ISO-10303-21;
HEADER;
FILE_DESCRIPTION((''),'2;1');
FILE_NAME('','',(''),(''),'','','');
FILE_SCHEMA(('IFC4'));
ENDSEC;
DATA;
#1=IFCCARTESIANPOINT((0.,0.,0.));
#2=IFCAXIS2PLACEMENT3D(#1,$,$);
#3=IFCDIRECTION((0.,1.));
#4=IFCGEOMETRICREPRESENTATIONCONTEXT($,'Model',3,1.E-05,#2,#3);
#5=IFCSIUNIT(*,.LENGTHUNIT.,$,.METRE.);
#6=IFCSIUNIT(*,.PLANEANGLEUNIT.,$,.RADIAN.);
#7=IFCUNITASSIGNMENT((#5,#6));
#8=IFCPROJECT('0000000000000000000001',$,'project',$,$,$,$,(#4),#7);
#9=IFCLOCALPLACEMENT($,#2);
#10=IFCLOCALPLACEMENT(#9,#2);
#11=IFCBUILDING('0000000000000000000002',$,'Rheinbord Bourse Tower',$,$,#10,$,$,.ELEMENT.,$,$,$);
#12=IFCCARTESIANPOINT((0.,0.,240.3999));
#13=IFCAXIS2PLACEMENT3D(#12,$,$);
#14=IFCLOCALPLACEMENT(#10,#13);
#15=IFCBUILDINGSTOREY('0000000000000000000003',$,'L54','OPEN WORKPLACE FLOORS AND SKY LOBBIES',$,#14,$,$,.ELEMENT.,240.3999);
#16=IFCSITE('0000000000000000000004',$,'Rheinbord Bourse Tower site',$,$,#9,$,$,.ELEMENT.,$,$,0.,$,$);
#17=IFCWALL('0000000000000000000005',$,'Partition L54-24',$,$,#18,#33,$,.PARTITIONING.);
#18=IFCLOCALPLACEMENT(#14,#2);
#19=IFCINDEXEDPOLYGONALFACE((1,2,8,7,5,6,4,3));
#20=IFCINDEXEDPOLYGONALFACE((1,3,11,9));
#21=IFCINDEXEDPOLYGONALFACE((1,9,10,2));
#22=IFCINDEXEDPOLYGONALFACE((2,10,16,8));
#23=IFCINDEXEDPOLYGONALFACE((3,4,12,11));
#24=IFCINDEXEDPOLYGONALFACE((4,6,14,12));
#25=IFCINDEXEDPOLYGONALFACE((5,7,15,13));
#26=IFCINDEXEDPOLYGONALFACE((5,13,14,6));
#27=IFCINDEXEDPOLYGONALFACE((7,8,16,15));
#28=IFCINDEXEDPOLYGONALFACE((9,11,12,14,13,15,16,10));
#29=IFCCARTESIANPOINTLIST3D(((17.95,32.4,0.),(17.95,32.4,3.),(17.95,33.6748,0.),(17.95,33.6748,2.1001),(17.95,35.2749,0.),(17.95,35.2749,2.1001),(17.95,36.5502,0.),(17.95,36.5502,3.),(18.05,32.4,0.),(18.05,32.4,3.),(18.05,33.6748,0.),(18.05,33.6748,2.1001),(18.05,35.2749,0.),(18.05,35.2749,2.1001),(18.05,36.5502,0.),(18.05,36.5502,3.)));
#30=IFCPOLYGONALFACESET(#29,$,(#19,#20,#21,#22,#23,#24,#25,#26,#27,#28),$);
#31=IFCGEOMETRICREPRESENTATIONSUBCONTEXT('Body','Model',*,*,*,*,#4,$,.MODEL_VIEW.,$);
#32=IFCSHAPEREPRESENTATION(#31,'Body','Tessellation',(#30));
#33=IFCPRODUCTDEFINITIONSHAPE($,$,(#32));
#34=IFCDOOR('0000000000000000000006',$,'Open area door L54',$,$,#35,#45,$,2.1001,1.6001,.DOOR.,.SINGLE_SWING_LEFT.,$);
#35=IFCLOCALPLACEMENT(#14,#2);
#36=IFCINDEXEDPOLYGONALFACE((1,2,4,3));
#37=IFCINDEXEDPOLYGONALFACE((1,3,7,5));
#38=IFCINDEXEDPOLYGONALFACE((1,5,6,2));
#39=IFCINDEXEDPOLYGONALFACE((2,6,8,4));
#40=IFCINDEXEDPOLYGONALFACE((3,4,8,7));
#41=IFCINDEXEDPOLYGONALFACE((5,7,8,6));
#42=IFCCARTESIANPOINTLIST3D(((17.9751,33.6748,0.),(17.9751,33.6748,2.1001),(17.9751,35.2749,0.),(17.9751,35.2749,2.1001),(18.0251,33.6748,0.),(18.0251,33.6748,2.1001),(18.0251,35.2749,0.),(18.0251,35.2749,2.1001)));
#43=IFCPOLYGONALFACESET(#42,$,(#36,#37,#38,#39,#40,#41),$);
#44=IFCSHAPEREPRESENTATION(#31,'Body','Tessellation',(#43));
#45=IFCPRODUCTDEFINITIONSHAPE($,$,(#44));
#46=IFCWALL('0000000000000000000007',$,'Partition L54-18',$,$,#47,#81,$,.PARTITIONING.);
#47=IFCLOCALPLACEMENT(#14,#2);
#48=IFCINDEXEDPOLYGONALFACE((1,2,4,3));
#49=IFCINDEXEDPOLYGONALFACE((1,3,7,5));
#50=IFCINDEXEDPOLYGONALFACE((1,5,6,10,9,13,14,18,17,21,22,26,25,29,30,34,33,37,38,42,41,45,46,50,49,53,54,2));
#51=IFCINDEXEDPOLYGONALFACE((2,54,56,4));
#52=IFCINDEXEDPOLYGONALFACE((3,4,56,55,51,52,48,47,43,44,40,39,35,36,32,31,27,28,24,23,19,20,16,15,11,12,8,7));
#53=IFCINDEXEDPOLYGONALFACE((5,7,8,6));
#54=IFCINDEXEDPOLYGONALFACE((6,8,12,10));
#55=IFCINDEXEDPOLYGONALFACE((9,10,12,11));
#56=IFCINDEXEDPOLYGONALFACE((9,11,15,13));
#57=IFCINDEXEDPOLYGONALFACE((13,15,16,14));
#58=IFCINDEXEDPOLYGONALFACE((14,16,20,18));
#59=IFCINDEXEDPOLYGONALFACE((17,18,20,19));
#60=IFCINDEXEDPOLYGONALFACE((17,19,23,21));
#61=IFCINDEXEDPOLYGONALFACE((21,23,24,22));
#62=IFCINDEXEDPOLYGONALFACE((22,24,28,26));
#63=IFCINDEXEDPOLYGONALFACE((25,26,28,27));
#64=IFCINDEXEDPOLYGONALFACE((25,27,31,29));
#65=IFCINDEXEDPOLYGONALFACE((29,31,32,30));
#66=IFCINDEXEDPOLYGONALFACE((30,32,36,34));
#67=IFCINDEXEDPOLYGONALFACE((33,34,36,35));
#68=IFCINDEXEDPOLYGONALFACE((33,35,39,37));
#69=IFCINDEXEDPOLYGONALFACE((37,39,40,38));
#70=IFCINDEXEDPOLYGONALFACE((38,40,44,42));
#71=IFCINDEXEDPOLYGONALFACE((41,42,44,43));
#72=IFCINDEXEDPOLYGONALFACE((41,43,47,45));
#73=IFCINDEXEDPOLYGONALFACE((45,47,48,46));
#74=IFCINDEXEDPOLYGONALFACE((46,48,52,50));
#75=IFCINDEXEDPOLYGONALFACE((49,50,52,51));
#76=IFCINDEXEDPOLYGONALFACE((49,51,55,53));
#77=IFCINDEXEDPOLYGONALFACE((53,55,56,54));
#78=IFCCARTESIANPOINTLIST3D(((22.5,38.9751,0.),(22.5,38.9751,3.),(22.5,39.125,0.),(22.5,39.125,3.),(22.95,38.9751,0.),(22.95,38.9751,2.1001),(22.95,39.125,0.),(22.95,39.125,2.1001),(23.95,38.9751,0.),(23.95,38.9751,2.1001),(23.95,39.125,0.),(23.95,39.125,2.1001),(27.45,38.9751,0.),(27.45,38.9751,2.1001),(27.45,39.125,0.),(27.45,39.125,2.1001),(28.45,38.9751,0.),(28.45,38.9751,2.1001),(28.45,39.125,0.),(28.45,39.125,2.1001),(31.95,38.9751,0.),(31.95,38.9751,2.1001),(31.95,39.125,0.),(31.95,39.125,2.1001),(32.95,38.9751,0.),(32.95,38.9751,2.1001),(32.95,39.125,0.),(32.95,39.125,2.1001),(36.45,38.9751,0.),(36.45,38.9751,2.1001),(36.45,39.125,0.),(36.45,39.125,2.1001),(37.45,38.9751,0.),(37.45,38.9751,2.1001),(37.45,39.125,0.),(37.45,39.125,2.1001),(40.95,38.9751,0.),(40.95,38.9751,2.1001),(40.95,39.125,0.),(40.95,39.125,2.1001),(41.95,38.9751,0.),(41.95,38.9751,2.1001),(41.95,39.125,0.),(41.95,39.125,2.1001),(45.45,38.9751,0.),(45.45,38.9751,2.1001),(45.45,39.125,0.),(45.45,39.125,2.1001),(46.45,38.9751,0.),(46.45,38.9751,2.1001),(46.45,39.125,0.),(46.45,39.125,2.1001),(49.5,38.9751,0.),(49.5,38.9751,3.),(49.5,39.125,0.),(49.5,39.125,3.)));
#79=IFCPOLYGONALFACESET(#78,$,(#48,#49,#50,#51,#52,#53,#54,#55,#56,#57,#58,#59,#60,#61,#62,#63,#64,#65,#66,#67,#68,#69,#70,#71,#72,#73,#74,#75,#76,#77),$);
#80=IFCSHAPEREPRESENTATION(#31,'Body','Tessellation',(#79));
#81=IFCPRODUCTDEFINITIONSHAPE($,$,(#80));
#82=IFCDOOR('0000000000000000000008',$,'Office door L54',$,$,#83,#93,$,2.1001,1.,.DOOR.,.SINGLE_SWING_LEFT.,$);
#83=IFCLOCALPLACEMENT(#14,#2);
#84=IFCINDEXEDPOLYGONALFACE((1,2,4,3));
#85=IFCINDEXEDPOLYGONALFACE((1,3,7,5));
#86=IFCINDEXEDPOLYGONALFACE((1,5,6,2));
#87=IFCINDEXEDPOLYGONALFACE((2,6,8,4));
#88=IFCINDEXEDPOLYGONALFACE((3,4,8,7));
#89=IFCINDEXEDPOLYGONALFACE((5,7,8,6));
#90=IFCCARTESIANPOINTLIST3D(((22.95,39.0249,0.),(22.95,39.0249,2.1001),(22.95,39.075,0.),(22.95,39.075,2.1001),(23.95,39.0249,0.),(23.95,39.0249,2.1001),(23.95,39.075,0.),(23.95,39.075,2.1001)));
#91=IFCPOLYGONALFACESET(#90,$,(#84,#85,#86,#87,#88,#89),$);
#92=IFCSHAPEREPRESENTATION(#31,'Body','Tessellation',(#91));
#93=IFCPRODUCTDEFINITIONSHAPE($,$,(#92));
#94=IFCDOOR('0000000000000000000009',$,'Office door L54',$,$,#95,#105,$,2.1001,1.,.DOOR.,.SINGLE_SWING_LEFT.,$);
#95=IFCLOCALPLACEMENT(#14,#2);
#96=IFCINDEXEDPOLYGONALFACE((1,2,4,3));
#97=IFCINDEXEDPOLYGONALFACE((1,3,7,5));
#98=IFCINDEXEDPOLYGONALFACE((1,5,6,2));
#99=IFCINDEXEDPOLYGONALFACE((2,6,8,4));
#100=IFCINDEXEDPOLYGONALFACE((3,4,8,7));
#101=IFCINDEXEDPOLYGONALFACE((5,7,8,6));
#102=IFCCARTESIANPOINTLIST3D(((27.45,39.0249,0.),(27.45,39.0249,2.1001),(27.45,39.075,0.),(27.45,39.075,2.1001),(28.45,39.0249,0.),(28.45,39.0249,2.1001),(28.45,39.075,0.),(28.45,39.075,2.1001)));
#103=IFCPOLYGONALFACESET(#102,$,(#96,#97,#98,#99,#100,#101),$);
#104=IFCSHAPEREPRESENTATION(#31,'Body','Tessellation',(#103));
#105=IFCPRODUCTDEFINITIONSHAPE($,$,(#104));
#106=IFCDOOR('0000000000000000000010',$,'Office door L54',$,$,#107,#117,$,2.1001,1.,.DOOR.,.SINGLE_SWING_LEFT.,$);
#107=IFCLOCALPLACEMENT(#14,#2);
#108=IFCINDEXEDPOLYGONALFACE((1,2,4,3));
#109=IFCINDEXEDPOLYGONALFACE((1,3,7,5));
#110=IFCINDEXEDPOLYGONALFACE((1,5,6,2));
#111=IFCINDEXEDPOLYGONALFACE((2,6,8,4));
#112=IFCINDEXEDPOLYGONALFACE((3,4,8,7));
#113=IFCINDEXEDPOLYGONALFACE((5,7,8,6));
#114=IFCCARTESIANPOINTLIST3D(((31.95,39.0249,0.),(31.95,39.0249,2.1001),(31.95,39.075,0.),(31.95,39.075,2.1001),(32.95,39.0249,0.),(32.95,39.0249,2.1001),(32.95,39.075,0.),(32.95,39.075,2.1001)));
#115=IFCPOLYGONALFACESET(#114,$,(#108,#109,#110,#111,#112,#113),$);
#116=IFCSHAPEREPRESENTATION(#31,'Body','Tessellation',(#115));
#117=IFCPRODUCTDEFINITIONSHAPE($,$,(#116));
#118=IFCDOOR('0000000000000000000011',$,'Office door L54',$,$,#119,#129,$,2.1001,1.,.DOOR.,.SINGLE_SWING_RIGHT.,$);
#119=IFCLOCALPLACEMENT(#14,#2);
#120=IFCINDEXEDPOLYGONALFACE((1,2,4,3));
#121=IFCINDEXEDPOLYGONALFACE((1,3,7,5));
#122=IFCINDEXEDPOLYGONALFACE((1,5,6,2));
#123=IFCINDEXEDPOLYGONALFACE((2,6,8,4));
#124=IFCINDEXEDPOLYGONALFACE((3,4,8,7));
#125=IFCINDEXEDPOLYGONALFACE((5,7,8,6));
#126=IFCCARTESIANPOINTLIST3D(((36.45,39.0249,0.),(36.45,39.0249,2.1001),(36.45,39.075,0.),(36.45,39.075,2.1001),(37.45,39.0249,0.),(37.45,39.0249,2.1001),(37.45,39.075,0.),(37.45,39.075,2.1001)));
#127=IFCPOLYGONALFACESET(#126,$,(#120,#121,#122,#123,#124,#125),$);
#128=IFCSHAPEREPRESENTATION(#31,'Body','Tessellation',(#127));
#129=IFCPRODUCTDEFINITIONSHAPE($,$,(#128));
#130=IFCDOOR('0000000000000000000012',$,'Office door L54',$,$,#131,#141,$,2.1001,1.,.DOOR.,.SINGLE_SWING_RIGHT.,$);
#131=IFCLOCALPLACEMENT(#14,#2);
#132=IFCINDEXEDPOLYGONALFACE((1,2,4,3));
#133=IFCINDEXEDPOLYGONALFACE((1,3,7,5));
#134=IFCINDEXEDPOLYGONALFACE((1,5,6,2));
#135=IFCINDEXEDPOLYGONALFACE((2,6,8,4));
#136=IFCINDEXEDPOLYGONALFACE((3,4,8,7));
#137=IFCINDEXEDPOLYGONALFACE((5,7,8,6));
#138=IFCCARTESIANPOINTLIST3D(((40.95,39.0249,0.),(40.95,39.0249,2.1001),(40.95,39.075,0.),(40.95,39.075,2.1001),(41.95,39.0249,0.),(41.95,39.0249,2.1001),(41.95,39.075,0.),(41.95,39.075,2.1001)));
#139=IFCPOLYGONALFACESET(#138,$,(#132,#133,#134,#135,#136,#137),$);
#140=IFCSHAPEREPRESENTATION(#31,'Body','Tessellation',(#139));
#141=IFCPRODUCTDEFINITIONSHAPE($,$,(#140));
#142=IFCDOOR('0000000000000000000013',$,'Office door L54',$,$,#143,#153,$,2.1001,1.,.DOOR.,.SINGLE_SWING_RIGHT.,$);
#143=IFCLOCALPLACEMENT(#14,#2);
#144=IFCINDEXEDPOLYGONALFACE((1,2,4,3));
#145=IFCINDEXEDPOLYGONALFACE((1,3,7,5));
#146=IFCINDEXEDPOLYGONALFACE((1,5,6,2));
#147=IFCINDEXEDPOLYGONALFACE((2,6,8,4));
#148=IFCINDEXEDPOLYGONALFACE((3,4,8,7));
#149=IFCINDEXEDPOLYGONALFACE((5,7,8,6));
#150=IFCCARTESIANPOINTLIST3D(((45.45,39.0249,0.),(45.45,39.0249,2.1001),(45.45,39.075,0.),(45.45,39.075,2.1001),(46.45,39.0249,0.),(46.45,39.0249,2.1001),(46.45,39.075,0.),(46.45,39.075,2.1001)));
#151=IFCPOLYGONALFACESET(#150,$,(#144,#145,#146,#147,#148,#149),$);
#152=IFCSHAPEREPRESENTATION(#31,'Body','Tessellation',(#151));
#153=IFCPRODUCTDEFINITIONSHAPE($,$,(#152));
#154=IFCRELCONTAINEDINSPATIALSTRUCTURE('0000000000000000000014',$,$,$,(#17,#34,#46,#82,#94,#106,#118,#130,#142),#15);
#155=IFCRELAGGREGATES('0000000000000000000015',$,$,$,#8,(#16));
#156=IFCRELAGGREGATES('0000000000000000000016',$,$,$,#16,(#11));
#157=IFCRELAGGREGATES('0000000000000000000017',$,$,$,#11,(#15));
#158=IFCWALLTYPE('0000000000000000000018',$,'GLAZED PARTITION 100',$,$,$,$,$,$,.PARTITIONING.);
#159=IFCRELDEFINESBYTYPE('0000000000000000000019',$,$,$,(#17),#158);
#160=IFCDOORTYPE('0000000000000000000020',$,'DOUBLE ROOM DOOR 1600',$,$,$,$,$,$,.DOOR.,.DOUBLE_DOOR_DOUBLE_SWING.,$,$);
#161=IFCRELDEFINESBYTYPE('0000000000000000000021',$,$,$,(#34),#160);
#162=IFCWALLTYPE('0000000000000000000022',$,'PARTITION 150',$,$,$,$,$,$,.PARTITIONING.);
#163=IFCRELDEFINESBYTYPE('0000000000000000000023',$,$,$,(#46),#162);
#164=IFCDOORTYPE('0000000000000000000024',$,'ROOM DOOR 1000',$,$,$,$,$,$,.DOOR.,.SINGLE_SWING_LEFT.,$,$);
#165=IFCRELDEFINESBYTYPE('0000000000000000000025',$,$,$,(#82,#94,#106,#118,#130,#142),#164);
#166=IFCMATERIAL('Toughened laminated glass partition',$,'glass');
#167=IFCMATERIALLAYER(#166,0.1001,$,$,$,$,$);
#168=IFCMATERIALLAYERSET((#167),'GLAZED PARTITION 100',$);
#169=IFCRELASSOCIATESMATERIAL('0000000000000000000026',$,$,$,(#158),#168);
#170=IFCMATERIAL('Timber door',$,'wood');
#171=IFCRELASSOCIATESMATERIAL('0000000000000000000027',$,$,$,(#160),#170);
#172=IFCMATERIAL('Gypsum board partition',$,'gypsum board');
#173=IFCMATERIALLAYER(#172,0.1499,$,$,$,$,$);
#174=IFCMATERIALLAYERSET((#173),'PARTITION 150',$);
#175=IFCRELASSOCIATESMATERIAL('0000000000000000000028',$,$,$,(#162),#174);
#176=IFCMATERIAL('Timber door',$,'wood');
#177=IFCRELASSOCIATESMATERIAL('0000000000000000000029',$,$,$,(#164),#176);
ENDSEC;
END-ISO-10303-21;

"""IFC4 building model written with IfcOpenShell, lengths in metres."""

from ifc_helpers import new_model, si_unit, direction, frame, frame_2d, origin, place, context, subcontext, project, spatial, rectangle, extrude, material, layer, layer_set, type_object, element, fill, save


model = new_model("IFC4")

# Units and contexts
model_context = context("Model", 3, precision=1e-05, world=origin(), true_north=direction((0.0, 1.0)))
body_context = subcontext(model_context, "Body", "Model", "MODEL_VIEW")
ifc_project = project(units=[si_unit("LENGTHUNIT", "METRE"), si_unit("PLANEANGLEUNIT", "RADIAN")], contexts=[model_context])

# Site, building, storey
site_placement = place(None, origin())
site = spatial("IfcSite", under=ifc_project, at=site_placement, Name="Rheinbord Bourse Tower site", CompositionType="ELEMENT", RefElevation=0.0)
building_placement = place(site_placement, origin())
building = spatial("IfcBuilding", under=site, at=building_placement, Name="Rheinbord Bourse Tower", CompositionType="ELEMENT")
storey_placement = place(building_placement, frame((0.0, 0.0, 240.3999)))
storey = spatial("IfcBuildingStorey", under=building, at=storey_placement, Name="L54", Description="OPEN WORKPLACE FLOORS AND SKY LOBBIES", CompositionType="ELEMENT", Elevation=240.3999)

# Wall, opening, door
ifc_material_1 = material(Name="Toughened laminated glass partition", Category="glass")
ifc_layer_1 = layer(ifc_material_1, 0.1001)
ifc_layer_set_1 = layer_set([ifc_layer_1], Name="GLAZED PARTITION 100")
wall_type_1 = type_object("IfcWallType", Name="GLAZED PARTITION 100", PredefinedType="PARTITIONING", material=ifc_layer_set_1)
wall_1_placement = place(storey_placement, frame((18.0, 32.3999, 0.0), z_axis=(0.0, 0.0, 1.0), x_axis=(0.0, 1.0, 0.0)))
wall_1 = element("IfcWall", 1, at=wall_1_placement, inside=storey, type_object=wall_type_1, Name="Partition L54-24", PredefinedType="PARTITIONING", context=body_context, shape_type="SweptSolid", body=[
    extrude(rectangle(XDim=4.1501, YDim=0.1001, at=frame_2d((2.0752, 0.0))), origin(), (0.0, 0.0, 1.0), 3.0),
])
opening_1_placement = place(wall_1_placement, frame((1.2749, 0.0, 0.0)))
opening_1 = element("IfcOpeningElement", 2, at=opening_1_placement, cuts=wall_1, PredefinedType="OPENING", context=body_context, shape_type="SweptSolid", body=[
    extrude(rectangle(XDim=1.6001, YDim=2.1001, at=frame_2d((0.8, 1.05))), frame((0.0, 0.0601, 0.0), z_axis=(0.0, -1.0, 0.0), x_axis=(1.0, 0.0, 0.0)), (0.0, 0.0, 1.0), 0.1201),
])
ifc_material_2 = material(Name="Timber door", Category="wood")
door_type_1 = type_object("IfcDoorType", Name="DOUBLE ROOM DOOR 1600", OperationType="DOUBLE_DOOR_DOUBLE_SWING", PredefinedType="DOOR", material=ifc_material_2)
door_1_placement = place(opening_1_placement, origin())
door_1 = element("IfcDoor", 3, at=door_1_placement, inside=storey, type_object=door_type_1, Name="Open area door L54", OperationType="SINGLE_SWING_LEFT", OverallHeight=2.1001, OverallWidth=1.6001, PredefinedType="DOOR", context=body_context, shape_type="SweptSolid", body=[
    extrude(rectangle(XDim=1.6001, YDim=2.1001, at=frame_2d((0.8, 1.05))), frame((0.0, 0.0249, 0.0), z_axis=(0.0, -1.0, 0.0), x_axis=(1.0, 0.0, 0.0)), (0.0, 0.0, 1.0), 0.05),
])
fill(opening_1, door_1)

# Wall, openings, doors
ifc_material_3 = material(Name="Gypsum board partition", Category="gypsum board")
ifc_layer_2 = layer(ifc_material_3, 0.1499)
ifc_layer_set_2 = layer_set([ifc_layer_2], Name="PARTITION 150")
wall_type_2 = type_object("IfcWallType", Name="PARTITION 150", PredefinedType="PARTITIONING", material=ifc_layer_set_2)
wall_2_placement = place(storey_placement, frame((22.5, 39.05, 0.0), z_axis=(0.0, 0.0, 1.0), x_axis=(1.0, 0.0, 0.0)))
wall_2 = element("IfcWall", 4, at=wall_2_placement, inside=storey, type_object=wall_type_2, Name="Partition L54-18", PredefinedType="PARTITIONING", context=body_context, shape_type="SweptSolid", body=[
    extrude(rectangle(XDim=27.0, YDim=0.1499, at=frame_2d((13.5, 0.0))), origin(), (0.0, 0.0, 1.0), 3.0),
])
opening_2_placement = place(wall_2_placement, frame((0.45, 0.0, 0.0)))
opening_2 = element("IfcOpeningElement", 5, at=opening_2_placement, cuts=wall_2, PredefinedType="OPENING", context=body_context, shape_type="SweptSolid", body=[
    extrude(rectangle(XDim=1.0, YDim=2.1001, at=frame_2d((0.5, 1.05))), frame((0.0, 0.085, 0.0), z_axis=(0.0, -1.0, 0.0), x_axis=(1.0, 0.0, 0.0)), (0.0, 0.0, 1.0), 0.1699),
])
opening_3_placement = place(wall_2_placement, frame((4.95, 0.0, 0.0)))
opening_3 = element("IfcOpeningElement", 6, at=opening_3_placement, cuts=wall_2, PredefinedType="OPENING", context=body_context, shape_type="SweptSolid", body=[
    extrude(rectangle(XDim=1.0, YDim=2.1001, at=frame_2d((0.5, 1.05))), frame((0.0, 0.085, 0.0), z_axis=(0.0, -1.0, 0.0), x_axis=(1.0, 0.0, 0.0)), (0.0, 0.0, 1.0), 0.1699),
])
opening_4_placement = place(wall_2_placement, frame((9.45, 0.0, 0.0)))
opening_4 = element("IfcOpeningElement", 7, at=opening_4_placement, cuts=wall_2, PredefinedType="OPENING", context=body_context, shape_type="SweptSolid", body=[
    extrude(rectangle(XDim=1.0, YDim=2.1001, at=frame_2d((0.5, 1.05))), frame((0.0, 0.085, 0.0), z_axis=(0.0, -1.0, 0.0), x_axis=(1.0, 0.0, 0.0)), (0.0, 0.0, 1.0), 0.1699),
])
opening_5_placement = place(wall_2_placement, frame((13.95, 0.0, 0.0)))
opening_5 = element("IfcOpeningElement", 8, at=opening_5_placement, cuts=wall_2, PredefinedType="OPENING", context=body_context, shape_type="SweptSolid", body=[
    extrude(rectangle(XDim=1.0, YDim=2.1001, at=frame_2d((0.5, 1.05))), frame((0.0, 0.085, 0.0), z_axis=(0.0, -1.0, 0.0), x_axis=(1.0, 0.0, 0.0)), (0.0, 0.0, 1.0), 0.1699),
])
opening_6_placement = place(wall_2_placement, frame((18.45, 0.0, 0.0)))
opening_6 = element("IfcOpeningElement", 9, at=opening_6_placement, cuts=wall_2, PredefinedType="OPENING", context=body_context, shape_type="SweptSolid", body=[
    extrude(rectangle(XDim=1.0, YDim=2.1001, at=frame_2d((0.5, 1.05))), frame((0.0, 0.085, 0.0), z_axis=(0.0, -1.0, 0.0), x_axis=(1.0, 0.0, 0.0)), (0.0, 0.0, 1.0), 0.1699),
])
opening_7_placement = place(wall_2_placement, frame((22.95, 0.0, 0.0)))
opening_7 = element("IfcOpeningElement", 10, at=opening_7_placement, cuts=wall_2, PredefinedType="OPENING", context=body_context, shape_type="SweptSolid", body=[
    extrude(rectangle(XDim=1.0, YDim=2.1001, at=frame_2d((0.5, 1.05))), frame((0.0, 0.085, 0.0), z_axis=(0.0, -1.0, 0.0), x_axis=(1.0, 0.0, 0.0)), (0.0, 0.0, 1.0), 0.1699),
])
ifc_material_4 = material(Name="Timber door", Category="wood")
door_type_2 = type_object("IfcDoorType", Name="ROOM DOOR 1000", OperationType="SINGLE_SWING_LEFT", PredefinedType="DOOR", material=ifc_material_4)
door_2_placement = place(opening_2_placement, origin())
door_2 = element("IfcDoor", 11, at=door_2_placement, inside=storey, type_object=door_type_2, Name="Office door L54", OperationType="SINGLE_SWING_LEFT", OverallHeight=2.1001, OverallWidth=1.0, PredefinedType="DOOR", context=body_context, shape_type="SweptSolid", body=[
    extrude(rectangle(XDim=1.0, YDim=2.1001, at=frame_2d((0.5, 1.05))), frame((0.0, 0.0249, 0.0), z_axis=(0.0, -1.0, 0.0), x_axis=(1.0, 0.0, 0.0)), (0.0, 0.0, 1.0), 0.05),
])
fill(opening_2, door_2)
door_3_placement = place(opening_3_placement, origin())
door_3 = element("IfcDoor", 12, at=door_3_placement, inside=storey, type_object=door_type_2, Name="Office door L54", OperationType="SINGLE_SWING_LEFT", OverallHeight=2.1001, OverallWidth=1.0, PredefinedType="DOOR", context=body_context, shape_type="SweptSolid", body=[
    extrude(rectangle(XDim=1.0, YDim=2.1001, at=frame_2d((0.5, 1.05))), frame((0.0, 0.0249, 0.0), z_axis=(0.0, -1.0, 0.0), x_axis=(1.0, 0.0, 0.0)), (0.0, 0.0, 1.0), 0.05),
])
fill(opening_3, door_3)
door_4_placement = place(opening_4_placement, origin())
door_4 = element("IfcDoor", 13, at=door_4_placement, inside=storey, type_object=door_type_2, Name="Office door L54", OperationType="SINGLE_SWING_LEFT", OverallHeight=2.1001, OverallWidth=1.0, PredefinedType="DOOR", context=body_context, shape_type="SweptSolid", body=[
    extrude(rectangle(XDim=1.0, YDim=2.1001, at=frame_2d((0.5, 1.05))), frame((0.0, 0.0249, 0.0), z_axis=(0.0, -1.0, 0.0), x_axis=(1.0, 0.0, 0.0)), (0.0, 0.0, 1.0), 0.05),
])
fill(opening_4, door_4)
door_5_placement = place(opening_5_placement, origin())
door_5 = element("IfcDoor", 14, at=door_5_placement, inside=storey, type_object=door_type_2, Name="Office door L54", OperationType="SINGLE_SWING_RIGHT", OverallHeight=2.1001, OverallWidth=1.0, PredefinedType="DOOR", context=body_context, shape_type="SweptSolid", body=[
    extrude(rectangle(XDim=1.0, YDim=2.1001, at=frame_2d((0.5, 1.05))), frame((0.0, 0.0249, 0.0), z_axis=(0.0, -1.0, 0.0), x_axis=(1.0, 0.0, 0.0)), (0.0, 0.0, 1.0), 0.05),
])
fill(opening_5, door_5)
door_6_placement = place(opening_6_placement, origin())
door_6 = element("IfcDoor", 15, at=door_6_placement, inside=storey, type_object=door_type_2, Name="Office door L54", OperationType="SINGLE_SWING_RIGHT", OverallHeight=2.1001, OverallWidth=1.0, PredefinedType="DOOR", context=body_context, shape_type="SweptSolid", body=[
    extrude(rectangle(XDim=1.0, YDim=2.1001, at=frame_2d((0.5, 1.05))), frame((0.0, 0.0249, 0.0), z_axis=(0.0, -1.0, 0.0), x_axis=(1.0, 0.0, 0.0)), (0.0, 0.0, 1.0), 0.05),
])
fill(opening_6, door_6)
door_7_placement = place(opening_7_placement, origin())
door_7 = element("IfcDoor", 16, at=door_7_placement, inside=storey, type_object=door_type_2, Name="Office door L54", OperationType="SINGLE_SWING_RIGHT", OverallHeight=2.1001, OverallWidth=1.0, PredefinedType="DOOR", context=body_context, shape_type="SweptSolid", body=[
    extrude(rectangle(XDim=1.0, YDim=2.1001, at=frame_2d((0.5, 1.05))), frame((0.0, 0.0249, 0.0), z_axis=(0.0, -1.0, 0.0), x_axis=(1.0, 0.0, 0.0)), (0.0, 0.0, 1.0), 0.05),
])
fill(opening_7, door_7)

save(model, "model.ifc")
